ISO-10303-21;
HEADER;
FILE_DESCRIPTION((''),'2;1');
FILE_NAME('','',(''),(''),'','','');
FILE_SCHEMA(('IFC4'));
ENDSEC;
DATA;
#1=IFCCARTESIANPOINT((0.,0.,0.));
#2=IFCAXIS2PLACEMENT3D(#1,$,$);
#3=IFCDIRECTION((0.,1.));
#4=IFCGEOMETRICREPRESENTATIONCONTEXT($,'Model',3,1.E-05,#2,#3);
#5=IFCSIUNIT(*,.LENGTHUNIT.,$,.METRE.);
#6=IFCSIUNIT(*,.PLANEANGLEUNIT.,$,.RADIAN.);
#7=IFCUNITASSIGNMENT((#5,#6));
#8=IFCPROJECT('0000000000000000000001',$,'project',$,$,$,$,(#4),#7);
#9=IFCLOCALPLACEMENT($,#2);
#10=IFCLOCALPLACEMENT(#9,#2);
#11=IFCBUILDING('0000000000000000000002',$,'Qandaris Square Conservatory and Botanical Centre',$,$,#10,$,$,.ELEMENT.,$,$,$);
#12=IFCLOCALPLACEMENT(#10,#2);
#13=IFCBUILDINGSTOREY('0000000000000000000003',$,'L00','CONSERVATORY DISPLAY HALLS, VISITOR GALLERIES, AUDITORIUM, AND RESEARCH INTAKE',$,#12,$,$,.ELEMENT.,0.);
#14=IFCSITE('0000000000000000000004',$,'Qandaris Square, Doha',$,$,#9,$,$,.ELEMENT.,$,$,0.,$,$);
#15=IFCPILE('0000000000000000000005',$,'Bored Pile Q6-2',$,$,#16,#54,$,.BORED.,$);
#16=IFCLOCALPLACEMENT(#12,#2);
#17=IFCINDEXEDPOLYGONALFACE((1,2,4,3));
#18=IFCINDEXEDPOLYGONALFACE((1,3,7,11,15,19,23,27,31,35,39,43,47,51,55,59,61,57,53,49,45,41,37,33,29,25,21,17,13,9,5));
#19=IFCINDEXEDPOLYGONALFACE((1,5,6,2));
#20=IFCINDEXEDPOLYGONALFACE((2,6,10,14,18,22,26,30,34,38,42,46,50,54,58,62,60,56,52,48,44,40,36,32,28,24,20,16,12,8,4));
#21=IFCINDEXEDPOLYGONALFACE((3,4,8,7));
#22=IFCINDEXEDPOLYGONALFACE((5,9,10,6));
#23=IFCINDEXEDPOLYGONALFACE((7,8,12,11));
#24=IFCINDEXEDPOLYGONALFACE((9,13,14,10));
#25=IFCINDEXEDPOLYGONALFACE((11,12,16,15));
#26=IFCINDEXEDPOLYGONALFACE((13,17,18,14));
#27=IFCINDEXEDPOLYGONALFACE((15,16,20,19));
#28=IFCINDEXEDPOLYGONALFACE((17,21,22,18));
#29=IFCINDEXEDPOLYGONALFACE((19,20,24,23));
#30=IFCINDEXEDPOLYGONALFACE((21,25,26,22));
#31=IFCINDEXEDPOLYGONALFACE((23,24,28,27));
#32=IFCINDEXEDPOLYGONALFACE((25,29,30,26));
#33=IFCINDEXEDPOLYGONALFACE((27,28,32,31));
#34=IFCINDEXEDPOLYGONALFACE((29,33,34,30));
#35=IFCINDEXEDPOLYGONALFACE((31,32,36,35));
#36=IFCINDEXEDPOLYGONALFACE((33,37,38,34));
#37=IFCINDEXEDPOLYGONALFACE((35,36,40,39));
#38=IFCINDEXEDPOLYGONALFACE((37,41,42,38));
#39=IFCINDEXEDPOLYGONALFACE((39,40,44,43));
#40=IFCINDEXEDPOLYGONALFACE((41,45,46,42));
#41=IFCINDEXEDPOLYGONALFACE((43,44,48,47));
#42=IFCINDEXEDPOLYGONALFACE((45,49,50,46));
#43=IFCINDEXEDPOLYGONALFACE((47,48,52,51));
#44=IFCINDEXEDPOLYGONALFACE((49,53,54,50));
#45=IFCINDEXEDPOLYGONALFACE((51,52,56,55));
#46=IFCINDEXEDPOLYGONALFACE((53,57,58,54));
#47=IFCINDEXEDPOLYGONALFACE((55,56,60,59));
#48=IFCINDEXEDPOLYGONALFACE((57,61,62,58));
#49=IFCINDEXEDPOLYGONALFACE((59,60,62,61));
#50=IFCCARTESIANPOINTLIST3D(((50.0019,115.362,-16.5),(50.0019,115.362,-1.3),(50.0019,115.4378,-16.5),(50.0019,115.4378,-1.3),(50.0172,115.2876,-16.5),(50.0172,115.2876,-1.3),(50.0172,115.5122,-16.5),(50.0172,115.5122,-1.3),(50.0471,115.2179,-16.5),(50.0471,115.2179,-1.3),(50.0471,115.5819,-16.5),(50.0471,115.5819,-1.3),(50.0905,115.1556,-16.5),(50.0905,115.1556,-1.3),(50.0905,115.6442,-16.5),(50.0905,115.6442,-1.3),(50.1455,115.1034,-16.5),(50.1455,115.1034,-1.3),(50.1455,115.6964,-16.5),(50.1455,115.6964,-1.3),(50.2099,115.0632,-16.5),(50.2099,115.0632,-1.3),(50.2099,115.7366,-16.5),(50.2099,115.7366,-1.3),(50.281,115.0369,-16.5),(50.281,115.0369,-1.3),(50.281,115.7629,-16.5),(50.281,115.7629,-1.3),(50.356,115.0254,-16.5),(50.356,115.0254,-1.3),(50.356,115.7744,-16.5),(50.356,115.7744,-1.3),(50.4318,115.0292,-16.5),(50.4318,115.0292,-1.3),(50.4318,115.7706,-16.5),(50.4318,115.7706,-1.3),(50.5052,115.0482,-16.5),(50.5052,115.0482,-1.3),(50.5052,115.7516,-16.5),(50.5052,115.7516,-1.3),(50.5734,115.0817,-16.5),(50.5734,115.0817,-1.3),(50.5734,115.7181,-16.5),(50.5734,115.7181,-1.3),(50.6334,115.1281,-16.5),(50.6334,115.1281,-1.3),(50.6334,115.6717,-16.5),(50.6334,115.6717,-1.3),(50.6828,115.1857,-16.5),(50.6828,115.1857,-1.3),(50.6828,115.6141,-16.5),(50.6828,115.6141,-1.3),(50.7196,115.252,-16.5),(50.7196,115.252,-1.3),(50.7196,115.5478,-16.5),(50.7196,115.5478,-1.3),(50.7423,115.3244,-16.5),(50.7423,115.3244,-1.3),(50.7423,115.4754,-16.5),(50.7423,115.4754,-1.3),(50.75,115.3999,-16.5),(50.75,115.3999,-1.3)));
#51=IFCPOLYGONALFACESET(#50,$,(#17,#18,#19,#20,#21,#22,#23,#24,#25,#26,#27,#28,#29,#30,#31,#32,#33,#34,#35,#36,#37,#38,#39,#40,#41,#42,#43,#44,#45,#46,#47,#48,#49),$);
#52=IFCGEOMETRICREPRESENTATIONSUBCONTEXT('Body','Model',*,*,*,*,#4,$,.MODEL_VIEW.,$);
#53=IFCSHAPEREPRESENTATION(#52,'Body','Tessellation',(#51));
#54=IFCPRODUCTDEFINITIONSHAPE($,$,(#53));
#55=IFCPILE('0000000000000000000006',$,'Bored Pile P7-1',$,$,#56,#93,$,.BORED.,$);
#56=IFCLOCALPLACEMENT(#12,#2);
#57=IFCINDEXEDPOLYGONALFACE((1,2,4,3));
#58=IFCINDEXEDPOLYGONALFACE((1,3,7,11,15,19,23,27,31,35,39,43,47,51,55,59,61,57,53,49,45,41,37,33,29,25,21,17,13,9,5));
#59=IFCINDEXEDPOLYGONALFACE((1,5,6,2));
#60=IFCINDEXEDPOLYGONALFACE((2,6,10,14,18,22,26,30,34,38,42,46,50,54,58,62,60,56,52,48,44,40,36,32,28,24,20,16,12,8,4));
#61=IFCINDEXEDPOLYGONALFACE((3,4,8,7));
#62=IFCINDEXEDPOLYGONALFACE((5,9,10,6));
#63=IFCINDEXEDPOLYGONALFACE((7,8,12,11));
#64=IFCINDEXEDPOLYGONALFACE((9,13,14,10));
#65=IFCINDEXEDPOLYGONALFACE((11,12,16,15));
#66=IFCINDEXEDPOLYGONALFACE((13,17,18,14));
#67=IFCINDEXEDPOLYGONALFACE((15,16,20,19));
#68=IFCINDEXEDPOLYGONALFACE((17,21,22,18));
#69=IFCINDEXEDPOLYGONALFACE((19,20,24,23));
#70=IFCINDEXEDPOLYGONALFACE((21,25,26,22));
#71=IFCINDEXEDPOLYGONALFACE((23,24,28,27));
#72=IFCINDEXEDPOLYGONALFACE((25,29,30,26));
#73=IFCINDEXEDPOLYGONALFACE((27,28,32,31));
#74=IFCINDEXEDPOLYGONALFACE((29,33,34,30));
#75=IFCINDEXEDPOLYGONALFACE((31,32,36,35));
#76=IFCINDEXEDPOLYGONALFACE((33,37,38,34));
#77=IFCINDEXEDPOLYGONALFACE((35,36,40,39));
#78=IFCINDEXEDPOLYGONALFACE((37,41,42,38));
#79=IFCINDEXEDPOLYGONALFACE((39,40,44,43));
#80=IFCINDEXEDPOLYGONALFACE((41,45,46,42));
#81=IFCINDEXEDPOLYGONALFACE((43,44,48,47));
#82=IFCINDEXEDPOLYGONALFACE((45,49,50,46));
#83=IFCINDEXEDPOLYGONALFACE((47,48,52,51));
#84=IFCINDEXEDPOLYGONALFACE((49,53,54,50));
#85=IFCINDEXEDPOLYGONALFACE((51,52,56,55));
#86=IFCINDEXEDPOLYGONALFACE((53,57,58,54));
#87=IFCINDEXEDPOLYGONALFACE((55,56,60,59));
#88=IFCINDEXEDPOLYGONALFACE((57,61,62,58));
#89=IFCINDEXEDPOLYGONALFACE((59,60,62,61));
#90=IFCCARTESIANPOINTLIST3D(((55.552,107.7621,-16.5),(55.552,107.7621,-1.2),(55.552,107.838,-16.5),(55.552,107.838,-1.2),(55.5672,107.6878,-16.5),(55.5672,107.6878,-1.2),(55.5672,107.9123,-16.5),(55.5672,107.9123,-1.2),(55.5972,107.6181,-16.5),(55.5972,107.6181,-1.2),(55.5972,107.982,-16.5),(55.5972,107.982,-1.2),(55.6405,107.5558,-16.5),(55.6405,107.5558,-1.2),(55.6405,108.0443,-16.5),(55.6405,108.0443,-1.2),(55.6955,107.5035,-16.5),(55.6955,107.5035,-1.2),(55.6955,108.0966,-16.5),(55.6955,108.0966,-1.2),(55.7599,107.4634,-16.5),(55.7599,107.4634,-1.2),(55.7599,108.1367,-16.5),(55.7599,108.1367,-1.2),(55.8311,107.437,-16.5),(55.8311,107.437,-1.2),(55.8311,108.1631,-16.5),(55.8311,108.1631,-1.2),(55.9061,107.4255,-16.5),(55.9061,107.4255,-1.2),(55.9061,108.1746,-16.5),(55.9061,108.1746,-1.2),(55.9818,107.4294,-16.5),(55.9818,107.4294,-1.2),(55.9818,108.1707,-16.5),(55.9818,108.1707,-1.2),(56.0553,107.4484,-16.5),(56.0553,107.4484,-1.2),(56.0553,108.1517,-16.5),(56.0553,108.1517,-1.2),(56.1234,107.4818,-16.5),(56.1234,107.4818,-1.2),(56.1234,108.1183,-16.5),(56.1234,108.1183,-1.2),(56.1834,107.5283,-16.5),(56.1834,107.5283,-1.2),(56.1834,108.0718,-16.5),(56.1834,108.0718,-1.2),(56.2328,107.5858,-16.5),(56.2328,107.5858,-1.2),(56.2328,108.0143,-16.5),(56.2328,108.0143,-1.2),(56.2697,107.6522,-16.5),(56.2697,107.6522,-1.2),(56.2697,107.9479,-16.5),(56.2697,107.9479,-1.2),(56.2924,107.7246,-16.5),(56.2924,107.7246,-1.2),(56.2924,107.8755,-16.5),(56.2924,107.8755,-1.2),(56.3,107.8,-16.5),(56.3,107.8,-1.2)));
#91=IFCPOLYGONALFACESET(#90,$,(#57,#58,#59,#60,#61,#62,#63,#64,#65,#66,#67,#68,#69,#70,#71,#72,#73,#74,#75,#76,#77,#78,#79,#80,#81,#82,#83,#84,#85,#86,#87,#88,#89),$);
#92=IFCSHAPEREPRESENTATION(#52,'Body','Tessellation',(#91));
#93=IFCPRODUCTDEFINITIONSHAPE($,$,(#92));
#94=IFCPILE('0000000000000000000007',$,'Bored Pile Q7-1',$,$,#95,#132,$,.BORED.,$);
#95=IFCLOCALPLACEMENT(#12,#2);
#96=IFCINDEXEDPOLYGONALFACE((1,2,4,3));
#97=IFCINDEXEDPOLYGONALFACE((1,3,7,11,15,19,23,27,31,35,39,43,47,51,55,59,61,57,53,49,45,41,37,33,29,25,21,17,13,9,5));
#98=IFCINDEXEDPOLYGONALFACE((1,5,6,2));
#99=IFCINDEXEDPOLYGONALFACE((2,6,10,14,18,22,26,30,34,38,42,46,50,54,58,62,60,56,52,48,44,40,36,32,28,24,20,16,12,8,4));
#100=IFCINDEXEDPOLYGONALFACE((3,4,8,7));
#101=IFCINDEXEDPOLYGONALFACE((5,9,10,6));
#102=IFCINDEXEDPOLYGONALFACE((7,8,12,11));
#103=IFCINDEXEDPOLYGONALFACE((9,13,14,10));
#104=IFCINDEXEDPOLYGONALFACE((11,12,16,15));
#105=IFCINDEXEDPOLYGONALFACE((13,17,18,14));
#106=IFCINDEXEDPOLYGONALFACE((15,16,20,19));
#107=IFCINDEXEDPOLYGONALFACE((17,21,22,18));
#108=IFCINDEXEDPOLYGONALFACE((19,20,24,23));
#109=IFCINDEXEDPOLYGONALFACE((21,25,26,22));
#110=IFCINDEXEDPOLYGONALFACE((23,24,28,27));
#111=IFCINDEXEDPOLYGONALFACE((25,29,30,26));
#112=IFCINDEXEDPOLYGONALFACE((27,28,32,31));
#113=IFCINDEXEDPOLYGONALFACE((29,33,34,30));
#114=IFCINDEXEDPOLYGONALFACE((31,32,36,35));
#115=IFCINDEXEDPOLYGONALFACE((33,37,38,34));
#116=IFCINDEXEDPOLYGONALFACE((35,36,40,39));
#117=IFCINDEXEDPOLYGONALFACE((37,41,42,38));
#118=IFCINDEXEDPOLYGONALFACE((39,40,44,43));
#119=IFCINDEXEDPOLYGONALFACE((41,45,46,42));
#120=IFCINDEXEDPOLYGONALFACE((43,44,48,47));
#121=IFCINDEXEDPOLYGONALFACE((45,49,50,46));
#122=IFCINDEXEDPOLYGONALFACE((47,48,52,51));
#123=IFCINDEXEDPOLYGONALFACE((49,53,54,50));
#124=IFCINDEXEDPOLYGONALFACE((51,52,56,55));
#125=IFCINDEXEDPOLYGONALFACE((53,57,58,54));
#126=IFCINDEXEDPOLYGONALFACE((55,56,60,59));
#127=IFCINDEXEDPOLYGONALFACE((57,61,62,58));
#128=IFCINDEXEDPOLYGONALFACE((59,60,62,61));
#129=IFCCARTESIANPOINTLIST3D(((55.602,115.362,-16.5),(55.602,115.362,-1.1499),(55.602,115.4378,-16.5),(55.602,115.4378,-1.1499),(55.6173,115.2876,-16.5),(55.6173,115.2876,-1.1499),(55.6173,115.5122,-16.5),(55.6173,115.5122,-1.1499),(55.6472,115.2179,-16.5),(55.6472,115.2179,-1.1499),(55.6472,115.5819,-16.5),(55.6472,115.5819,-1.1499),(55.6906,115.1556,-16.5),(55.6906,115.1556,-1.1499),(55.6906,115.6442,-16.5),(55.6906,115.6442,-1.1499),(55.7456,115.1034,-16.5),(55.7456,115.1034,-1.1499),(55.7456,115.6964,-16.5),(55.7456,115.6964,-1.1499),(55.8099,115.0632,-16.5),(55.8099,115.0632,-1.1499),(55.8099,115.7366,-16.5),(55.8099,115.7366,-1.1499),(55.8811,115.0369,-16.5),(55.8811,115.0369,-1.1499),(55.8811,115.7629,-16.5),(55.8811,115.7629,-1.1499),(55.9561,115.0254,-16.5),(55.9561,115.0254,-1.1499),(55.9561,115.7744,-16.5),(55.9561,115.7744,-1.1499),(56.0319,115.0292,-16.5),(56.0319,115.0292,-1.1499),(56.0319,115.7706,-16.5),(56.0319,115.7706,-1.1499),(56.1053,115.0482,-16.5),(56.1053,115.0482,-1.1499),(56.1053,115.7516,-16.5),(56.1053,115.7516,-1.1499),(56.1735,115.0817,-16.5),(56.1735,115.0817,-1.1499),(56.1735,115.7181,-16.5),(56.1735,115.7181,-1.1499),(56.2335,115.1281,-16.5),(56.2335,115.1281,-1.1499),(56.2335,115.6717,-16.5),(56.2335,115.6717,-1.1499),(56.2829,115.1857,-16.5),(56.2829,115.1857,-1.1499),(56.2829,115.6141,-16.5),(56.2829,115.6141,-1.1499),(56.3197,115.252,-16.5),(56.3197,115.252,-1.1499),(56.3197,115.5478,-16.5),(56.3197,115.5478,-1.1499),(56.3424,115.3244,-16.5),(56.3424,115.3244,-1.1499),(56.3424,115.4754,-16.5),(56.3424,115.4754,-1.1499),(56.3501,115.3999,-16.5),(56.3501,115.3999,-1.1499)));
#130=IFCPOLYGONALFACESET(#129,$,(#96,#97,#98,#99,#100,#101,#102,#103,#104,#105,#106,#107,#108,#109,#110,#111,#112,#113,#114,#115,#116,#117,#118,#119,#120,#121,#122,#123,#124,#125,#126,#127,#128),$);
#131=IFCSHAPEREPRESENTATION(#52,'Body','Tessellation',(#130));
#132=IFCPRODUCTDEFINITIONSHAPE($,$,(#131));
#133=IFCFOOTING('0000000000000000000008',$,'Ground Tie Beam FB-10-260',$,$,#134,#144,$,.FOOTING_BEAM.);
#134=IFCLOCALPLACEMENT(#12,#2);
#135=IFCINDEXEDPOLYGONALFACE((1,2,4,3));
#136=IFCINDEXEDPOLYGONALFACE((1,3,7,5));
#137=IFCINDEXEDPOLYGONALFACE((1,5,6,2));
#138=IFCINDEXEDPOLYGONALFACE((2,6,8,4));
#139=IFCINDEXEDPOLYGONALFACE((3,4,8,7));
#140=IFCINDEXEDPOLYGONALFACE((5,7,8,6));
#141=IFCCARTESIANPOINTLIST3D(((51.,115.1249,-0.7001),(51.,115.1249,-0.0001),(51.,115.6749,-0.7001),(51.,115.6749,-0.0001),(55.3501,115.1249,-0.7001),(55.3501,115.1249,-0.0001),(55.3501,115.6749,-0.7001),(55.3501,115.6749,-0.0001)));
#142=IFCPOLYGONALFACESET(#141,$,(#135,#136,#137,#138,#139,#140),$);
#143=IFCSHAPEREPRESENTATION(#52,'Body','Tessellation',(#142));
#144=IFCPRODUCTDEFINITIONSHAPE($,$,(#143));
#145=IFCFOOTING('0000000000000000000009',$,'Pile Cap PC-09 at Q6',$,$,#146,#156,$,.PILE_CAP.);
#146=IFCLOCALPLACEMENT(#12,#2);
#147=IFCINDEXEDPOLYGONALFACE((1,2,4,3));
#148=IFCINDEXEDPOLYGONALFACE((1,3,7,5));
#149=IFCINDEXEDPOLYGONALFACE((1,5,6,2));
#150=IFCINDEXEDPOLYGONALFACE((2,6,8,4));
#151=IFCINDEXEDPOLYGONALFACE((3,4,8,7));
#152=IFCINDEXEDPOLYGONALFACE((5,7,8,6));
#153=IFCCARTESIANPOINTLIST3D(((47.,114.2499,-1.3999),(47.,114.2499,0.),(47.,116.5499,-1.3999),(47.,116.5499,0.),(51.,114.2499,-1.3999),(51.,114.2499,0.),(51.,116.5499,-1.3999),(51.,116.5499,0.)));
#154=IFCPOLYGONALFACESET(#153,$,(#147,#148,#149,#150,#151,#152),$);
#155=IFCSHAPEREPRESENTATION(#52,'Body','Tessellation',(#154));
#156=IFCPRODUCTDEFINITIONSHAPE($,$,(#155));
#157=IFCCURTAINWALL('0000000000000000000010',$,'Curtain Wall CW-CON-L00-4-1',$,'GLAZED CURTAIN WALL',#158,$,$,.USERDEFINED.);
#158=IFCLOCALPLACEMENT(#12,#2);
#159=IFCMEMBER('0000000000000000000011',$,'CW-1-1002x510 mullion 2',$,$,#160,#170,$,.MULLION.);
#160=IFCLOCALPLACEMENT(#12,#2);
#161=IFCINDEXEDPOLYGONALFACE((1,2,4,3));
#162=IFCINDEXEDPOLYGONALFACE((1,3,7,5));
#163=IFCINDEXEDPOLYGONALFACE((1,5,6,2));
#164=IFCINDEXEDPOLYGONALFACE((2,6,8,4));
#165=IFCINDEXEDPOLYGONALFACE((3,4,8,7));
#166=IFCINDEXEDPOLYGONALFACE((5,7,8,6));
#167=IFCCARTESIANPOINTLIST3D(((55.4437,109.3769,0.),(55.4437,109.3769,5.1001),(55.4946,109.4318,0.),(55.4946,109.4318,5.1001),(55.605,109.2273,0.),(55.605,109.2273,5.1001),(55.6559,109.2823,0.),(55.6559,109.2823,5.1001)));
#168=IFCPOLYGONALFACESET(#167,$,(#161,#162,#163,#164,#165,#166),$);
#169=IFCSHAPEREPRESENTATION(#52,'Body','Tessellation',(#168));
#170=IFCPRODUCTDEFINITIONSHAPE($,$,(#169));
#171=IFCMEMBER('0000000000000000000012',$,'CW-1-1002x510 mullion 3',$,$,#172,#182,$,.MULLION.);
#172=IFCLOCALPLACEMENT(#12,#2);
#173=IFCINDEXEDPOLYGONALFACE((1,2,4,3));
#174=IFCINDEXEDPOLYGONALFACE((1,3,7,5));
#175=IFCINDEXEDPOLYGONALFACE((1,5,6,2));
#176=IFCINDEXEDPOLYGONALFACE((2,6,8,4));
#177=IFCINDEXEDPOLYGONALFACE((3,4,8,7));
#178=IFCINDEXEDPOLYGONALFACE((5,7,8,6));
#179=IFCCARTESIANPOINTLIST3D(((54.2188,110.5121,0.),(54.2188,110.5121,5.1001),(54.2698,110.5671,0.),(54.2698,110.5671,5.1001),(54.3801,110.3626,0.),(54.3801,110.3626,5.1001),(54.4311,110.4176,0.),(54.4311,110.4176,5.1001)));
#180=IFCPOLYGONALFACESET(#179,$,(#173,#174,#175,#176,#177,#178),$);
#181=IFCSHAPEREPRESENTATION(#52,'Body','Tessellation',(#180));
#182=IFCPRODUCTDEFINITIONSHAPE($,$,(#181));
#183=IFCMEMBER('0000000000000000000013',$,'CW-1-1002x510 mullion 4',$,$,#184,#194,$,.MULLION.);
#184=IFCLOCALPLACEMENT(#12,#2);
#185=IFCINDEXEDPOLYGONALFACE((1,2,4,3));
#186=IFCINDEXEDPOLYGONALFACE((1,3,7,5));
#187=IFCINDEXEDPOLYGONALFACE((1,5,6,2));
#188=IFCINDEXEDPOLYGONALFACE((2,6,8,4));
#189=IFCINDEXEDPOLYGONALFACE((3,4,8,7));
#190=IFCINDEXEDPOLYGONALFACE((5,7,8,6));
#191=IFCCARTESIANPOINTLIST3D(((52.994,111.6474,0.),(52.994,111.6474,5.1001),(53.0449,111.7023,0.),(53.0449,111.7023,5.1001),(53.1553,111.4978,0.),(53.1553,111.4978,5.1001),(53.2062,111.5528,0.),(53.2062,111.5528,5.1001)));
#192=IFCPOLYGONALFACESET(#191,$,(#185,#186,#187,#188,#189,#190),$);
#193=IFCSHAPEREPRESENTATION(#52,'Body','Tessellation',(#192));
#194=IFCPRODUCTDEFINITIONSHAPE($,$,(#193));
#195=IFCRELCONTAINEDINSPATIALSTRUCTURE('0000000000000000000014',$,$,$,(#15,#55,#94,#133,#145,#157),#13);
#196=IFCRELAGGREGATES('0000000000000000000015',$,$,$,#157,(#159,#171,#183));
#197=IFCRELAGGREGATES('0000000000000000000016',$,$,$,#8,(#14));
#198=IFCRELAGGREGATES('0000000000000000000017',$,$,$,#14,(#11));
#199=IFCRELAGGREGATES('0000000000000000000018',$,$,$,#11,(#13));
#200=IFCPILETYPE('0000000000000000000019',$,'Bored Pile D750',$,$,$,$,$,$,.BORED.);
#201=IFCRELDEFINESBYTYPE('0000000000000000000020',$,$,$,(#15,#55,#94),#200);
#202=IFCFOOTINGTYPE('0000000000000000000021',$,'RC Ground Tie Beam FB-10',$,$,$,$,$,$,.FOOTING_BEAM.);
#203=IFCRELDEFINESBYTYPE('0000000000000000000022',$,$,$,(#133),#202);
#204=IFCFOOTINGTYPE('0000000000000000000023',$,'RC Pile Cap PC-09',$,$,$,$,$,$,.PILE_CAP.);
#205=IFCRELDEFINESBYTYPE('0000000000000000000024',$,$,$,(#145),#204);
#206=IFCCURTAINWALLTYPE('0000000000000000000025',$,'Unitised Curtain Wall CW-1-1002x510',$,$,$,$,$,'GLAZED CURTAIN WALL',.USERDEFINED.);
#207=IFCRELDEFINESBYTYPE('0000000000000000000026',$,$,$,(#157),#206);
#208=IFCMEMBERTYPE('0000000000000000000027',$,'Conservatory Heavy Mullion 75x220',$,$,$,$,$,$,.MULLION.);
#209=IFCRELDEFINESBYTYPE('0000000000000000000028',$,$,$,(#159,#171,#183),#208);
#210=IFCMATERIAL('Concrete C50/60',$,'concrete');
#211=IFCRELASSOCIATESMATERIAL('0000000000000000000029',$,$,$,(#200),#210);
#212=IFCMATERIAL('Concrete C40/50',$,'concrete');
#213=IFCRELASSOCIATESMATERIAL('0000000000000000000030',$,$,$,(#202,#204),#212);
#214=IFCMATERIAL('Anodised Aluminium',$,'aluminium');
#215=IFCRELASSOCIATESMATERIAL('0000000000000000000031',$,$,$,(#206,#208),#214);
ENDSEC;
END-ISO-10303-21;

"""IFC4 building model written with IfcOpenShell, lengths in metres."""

from ifc_helpers import new_model, si_unit, direction, frame, origin, origin_2d, place, context, subcontext, project, spatial, rectangle, circle, extrude, material, material_profile, profile_set, type_object, element, aggregate, save


model = new_model("IFC4")

# Units and contexts
model_context = context("Model", 3, precision=1e-05, world=origin(), true_north=direction((0.0, 1.0)))
body_context = subcontext(model_context, "Body", "Model", "MODEL_VIEW")
ifc_project = project(units=[si_unit("LENGTHUNIT", "METRE"), si_unit("PLANEANGLEUNIT", "RADIAN")], contexts=[model_context])

# Site, building, storey
site_placement = place(None, origin())
site = spatial("IfcSite", under=ifc_project, at=site_placement, Name="Qandaris Square, Doha", CompositionType="ELEMENT", RefElevation=0.0)
building_placement = place(site_placement, origin())
building = spatial("IfcBuilding", under=site, at=building_placement, Name="Qandaris Square Conservatory and Botanical Centre", CompositionType="ELEMENT")
storey_placement = place(building_placement, origin())
storey = spatial("IfcBuildingStorey", under=building, at=storey_placement, Name="L00", Description="CONSERVATORY DISPLAY HALLS, VISITOR GALLERIES, AUDITORIUM, AND RESEARCH INTAKE", CompositionType="ELEMENT", Elevation=0.0)

# Piles
ifc_material_1 = material(Name="Concrete C50/60", Category="concrete")
ifc_material_profile_1 = material_profile(ifc_material_1, circle(Radius=0.375, at=origin_2d()), Name="PILE D750")
ifc_profile_set_1 = profile_set([ifc_material_profile_1], Name="Concrete C50/60")
pile_type = type_object("IfcPileType", Name="Bored Pile D750", PredefinedType="BORED", material=ifc_profile_set_1)
pile_1_placement = place(storey_placement, frame((50.375, 115.3999, -1.3), z_axis=(0.0, 0.0, -1.0), x_axis=(1.0, 0.0, 0.0)))
element("IfcPile", 1, at=pile_1_placement, inside=storey, type_object=pile_type, Name="Bored Pile Q6-2", PredefinedType="BORED", context=body_context, shape_type="SweptSolid", body=[
    extrude(circle(Radius=0.375, at=origin_2d()), origin(), (0.0, 0.0, 1.0), 15.2),
])
pile_2_placement = place(storey_placement, frame((55.925, 107.8, -1.2), z_axis=(0.0, 0.0, -1.0), x_axis=(1.0, 0.0, 0.0)))
element("IfcPile", 2, at=pile_2_placement, inside=storey, type_object=pile_type, Name="Bored Pile P7-1", PredefinedType="BORED", context=body_context, shape_type="SweptSolid", body=[
    extrude(circle(Radius=0.375, at=origin_2d()), origin(), (0.0, 0.0, 1.0), 15.3),
])
pile_3_placement = place(storey_placement, frame((55.9751, 115.3999, -1.1499), z_axis=(0.0, 0.0, -1.0), x_axis=(1.0, 0.0, 0.0)))
element("IfcPile", 3, at=pile_3_placement, inside=storey, type_object=pile_type, Name="Bored Pile Q7-1", PredefinedType="BORED", context=body_context, shape_type="SweptSolid", body=[
    extrude(circle(Radius=0.375, at=origin_2d()), origin(), (0.0, 0.0, 1.0), 15.3501),
])

# Footings
ifc_material_2 = material(Name="Concrete C40/50", Category="concrete")
ifc_material_profile_2 = material_profile(ifc_material_2, rectangle(XDim=0.55, YDim=0.7, at=origin_2d()), Name="FB 550x700")
ifc_profile_set_2 = profile_set([ifc_material_profile_2], Name="Concrete C40/50")
footing_type_1 = type_object("IfcFootingType", Name="RC Ground Tie Beam FB-10", PredefinedType="FOOTING_BEAM", material=ifc_profile_set_2)
footing_1_placement = place(storey_placement, frame((51.0, 115.3999, -0.3501), z_axis=(1.0, 0.0, 0.0), x_axis=(0.0, 1.0, 0.0)))
element("IfcFooting", 4, at=footing_1_placement, inside=storey, type_object=footing_type_1, Name="Ground Tie Beam FB-10-260", PredefinedType="FOOTING_BEAM", context=body_context, shape_type="SweptSolid", body=[
    extrude(rectangle(XDim=0.55, YDim=0.7, at=origin_2d()), origin(), (0.0, 0.0, 1.0), 4.3501),
])
footing_type_2 = type_object("IfcFootingType", Name="RC Pile Cap PC-09", PredefinedType="PILE_CAP", material=ifc_material_2)
footing_2_placement = place(storey_placement, frame((49.0, 115.3999, -1.3999), z_axis=(0.0, 0.0, 1.0), x_axis=(1.0, 0.0, 0.0)))
element("IfcFooting", 5, at=footing_2_placement, inside=storey, type_object=footing_type_2, Name="Pile Cap PC-09 at Q6", PredefinedType="PILE_CAP", context=body_context, shape_type="SweptSolid", body=[
    extrude(rectangle(XDim=4.0, YDim=2.3, at=origin_2d()), origin(), (0.0, 0.0, 1.0), 1.3999),
])

# Curtain wall, members
ifc_material_3 = material(Name="Anodised Aluminium", Category="aluminium")
curtain_wall_type = type_object("IfcCurtainWallType", Name="Unitised Curtain Wall CW-1-1002x510", ElementType="GLAZED CURTAIN WALL", PredefinedType="USERDEFINED", material=ifc_material_3)
curtain_wall_placement = place(storey_placement, origin())
curtain_wall = element("IfcCurtainWall", 6, at=curtain_wall_placement, inside=storey, type_object=curtain_wall_type, Name="Curtain Wall CW-CON-L00-4-1", ObjectType="GLAZED CURTAIN WALL", PredefinedType="USERDEFINED")
ifc_material_profile_3 = material_profile(ifc_material_3, rectangle(XDim=0.075, YDim=0.22, at=origin_2d()), Name="ALU-MUL 75x220")
ifc_profile_set_3 = profile_set([ifc_material_profile_3], Name="Anodised Aluminium")
member_type_1 = type_object("IfcMemberType", Name="Conservatory Heavy Mullion 75x220", PredefinedType="MULLION", material=ifc_profile_set_3)
member_1_placement = place(storey_placement, frame((55.5498, 109.3296, 0.0), z_axis=(0.0, 0.0, 1.0), x_axis=(-0.679762, -0.733433, 0.0)))
member_1 = element("IfcMember", 7, at=member_1_placement, type_object=member_type_1, Name="CW-1-1002x510 mullion 2", PredefinedType="MULLION", context=body_context, shape_type="SweptSolid", body=[
    extrude(rectangle(XDim=0.075, YDim=0.22, at=origin_2d()), origin(), (0.0, 0.0, 1.0), 5.1001),
])
member_2_placement = place(storey_placement, frame((54.325, 110.4648, 0.0), z_axis=(0.0, 0.0, 1.0), x_axis=(-0.679762, -0.733433, 0.0)))
member_2 = element("IfcMember", 8, at=member_2_placement, type_object=member_type_1, Name="CW-1-1002x510 mullion 3", PredefinedType="MULLION", context=body_context, shape_type="SweptSolid", body=[
    extrude(rectangle(XDim=0.075, YDim=0.22, at=origin_2d()), origin(), (0.0, 0.0, 1.0), 5.1001),
])
member_3_placement = place(storey_placement, frame((53.1001, 111.6001, 0.0), z_axis=(0.0, 0.0, 1.0), x_axis=(-0.679762, -0.733433, 0.0)))
member_3 = element("IfcMember", 9, at=member_3_placement, type_object=member_type_1, Name="CW-1-1002x510 mullion 4", PredefinedType="MULLION", context=body_context, shape_type="SweptSolid", body=[
    extrude(rectangle(XDim=0.075, YDim=0.22, at=origin_2d()), origin(), (0.0, 0.0, 1.0), 5.1001),
])
aggregate(curtain_wall, [member_1, member_2, member_3])

save(model, "model.ifc")
